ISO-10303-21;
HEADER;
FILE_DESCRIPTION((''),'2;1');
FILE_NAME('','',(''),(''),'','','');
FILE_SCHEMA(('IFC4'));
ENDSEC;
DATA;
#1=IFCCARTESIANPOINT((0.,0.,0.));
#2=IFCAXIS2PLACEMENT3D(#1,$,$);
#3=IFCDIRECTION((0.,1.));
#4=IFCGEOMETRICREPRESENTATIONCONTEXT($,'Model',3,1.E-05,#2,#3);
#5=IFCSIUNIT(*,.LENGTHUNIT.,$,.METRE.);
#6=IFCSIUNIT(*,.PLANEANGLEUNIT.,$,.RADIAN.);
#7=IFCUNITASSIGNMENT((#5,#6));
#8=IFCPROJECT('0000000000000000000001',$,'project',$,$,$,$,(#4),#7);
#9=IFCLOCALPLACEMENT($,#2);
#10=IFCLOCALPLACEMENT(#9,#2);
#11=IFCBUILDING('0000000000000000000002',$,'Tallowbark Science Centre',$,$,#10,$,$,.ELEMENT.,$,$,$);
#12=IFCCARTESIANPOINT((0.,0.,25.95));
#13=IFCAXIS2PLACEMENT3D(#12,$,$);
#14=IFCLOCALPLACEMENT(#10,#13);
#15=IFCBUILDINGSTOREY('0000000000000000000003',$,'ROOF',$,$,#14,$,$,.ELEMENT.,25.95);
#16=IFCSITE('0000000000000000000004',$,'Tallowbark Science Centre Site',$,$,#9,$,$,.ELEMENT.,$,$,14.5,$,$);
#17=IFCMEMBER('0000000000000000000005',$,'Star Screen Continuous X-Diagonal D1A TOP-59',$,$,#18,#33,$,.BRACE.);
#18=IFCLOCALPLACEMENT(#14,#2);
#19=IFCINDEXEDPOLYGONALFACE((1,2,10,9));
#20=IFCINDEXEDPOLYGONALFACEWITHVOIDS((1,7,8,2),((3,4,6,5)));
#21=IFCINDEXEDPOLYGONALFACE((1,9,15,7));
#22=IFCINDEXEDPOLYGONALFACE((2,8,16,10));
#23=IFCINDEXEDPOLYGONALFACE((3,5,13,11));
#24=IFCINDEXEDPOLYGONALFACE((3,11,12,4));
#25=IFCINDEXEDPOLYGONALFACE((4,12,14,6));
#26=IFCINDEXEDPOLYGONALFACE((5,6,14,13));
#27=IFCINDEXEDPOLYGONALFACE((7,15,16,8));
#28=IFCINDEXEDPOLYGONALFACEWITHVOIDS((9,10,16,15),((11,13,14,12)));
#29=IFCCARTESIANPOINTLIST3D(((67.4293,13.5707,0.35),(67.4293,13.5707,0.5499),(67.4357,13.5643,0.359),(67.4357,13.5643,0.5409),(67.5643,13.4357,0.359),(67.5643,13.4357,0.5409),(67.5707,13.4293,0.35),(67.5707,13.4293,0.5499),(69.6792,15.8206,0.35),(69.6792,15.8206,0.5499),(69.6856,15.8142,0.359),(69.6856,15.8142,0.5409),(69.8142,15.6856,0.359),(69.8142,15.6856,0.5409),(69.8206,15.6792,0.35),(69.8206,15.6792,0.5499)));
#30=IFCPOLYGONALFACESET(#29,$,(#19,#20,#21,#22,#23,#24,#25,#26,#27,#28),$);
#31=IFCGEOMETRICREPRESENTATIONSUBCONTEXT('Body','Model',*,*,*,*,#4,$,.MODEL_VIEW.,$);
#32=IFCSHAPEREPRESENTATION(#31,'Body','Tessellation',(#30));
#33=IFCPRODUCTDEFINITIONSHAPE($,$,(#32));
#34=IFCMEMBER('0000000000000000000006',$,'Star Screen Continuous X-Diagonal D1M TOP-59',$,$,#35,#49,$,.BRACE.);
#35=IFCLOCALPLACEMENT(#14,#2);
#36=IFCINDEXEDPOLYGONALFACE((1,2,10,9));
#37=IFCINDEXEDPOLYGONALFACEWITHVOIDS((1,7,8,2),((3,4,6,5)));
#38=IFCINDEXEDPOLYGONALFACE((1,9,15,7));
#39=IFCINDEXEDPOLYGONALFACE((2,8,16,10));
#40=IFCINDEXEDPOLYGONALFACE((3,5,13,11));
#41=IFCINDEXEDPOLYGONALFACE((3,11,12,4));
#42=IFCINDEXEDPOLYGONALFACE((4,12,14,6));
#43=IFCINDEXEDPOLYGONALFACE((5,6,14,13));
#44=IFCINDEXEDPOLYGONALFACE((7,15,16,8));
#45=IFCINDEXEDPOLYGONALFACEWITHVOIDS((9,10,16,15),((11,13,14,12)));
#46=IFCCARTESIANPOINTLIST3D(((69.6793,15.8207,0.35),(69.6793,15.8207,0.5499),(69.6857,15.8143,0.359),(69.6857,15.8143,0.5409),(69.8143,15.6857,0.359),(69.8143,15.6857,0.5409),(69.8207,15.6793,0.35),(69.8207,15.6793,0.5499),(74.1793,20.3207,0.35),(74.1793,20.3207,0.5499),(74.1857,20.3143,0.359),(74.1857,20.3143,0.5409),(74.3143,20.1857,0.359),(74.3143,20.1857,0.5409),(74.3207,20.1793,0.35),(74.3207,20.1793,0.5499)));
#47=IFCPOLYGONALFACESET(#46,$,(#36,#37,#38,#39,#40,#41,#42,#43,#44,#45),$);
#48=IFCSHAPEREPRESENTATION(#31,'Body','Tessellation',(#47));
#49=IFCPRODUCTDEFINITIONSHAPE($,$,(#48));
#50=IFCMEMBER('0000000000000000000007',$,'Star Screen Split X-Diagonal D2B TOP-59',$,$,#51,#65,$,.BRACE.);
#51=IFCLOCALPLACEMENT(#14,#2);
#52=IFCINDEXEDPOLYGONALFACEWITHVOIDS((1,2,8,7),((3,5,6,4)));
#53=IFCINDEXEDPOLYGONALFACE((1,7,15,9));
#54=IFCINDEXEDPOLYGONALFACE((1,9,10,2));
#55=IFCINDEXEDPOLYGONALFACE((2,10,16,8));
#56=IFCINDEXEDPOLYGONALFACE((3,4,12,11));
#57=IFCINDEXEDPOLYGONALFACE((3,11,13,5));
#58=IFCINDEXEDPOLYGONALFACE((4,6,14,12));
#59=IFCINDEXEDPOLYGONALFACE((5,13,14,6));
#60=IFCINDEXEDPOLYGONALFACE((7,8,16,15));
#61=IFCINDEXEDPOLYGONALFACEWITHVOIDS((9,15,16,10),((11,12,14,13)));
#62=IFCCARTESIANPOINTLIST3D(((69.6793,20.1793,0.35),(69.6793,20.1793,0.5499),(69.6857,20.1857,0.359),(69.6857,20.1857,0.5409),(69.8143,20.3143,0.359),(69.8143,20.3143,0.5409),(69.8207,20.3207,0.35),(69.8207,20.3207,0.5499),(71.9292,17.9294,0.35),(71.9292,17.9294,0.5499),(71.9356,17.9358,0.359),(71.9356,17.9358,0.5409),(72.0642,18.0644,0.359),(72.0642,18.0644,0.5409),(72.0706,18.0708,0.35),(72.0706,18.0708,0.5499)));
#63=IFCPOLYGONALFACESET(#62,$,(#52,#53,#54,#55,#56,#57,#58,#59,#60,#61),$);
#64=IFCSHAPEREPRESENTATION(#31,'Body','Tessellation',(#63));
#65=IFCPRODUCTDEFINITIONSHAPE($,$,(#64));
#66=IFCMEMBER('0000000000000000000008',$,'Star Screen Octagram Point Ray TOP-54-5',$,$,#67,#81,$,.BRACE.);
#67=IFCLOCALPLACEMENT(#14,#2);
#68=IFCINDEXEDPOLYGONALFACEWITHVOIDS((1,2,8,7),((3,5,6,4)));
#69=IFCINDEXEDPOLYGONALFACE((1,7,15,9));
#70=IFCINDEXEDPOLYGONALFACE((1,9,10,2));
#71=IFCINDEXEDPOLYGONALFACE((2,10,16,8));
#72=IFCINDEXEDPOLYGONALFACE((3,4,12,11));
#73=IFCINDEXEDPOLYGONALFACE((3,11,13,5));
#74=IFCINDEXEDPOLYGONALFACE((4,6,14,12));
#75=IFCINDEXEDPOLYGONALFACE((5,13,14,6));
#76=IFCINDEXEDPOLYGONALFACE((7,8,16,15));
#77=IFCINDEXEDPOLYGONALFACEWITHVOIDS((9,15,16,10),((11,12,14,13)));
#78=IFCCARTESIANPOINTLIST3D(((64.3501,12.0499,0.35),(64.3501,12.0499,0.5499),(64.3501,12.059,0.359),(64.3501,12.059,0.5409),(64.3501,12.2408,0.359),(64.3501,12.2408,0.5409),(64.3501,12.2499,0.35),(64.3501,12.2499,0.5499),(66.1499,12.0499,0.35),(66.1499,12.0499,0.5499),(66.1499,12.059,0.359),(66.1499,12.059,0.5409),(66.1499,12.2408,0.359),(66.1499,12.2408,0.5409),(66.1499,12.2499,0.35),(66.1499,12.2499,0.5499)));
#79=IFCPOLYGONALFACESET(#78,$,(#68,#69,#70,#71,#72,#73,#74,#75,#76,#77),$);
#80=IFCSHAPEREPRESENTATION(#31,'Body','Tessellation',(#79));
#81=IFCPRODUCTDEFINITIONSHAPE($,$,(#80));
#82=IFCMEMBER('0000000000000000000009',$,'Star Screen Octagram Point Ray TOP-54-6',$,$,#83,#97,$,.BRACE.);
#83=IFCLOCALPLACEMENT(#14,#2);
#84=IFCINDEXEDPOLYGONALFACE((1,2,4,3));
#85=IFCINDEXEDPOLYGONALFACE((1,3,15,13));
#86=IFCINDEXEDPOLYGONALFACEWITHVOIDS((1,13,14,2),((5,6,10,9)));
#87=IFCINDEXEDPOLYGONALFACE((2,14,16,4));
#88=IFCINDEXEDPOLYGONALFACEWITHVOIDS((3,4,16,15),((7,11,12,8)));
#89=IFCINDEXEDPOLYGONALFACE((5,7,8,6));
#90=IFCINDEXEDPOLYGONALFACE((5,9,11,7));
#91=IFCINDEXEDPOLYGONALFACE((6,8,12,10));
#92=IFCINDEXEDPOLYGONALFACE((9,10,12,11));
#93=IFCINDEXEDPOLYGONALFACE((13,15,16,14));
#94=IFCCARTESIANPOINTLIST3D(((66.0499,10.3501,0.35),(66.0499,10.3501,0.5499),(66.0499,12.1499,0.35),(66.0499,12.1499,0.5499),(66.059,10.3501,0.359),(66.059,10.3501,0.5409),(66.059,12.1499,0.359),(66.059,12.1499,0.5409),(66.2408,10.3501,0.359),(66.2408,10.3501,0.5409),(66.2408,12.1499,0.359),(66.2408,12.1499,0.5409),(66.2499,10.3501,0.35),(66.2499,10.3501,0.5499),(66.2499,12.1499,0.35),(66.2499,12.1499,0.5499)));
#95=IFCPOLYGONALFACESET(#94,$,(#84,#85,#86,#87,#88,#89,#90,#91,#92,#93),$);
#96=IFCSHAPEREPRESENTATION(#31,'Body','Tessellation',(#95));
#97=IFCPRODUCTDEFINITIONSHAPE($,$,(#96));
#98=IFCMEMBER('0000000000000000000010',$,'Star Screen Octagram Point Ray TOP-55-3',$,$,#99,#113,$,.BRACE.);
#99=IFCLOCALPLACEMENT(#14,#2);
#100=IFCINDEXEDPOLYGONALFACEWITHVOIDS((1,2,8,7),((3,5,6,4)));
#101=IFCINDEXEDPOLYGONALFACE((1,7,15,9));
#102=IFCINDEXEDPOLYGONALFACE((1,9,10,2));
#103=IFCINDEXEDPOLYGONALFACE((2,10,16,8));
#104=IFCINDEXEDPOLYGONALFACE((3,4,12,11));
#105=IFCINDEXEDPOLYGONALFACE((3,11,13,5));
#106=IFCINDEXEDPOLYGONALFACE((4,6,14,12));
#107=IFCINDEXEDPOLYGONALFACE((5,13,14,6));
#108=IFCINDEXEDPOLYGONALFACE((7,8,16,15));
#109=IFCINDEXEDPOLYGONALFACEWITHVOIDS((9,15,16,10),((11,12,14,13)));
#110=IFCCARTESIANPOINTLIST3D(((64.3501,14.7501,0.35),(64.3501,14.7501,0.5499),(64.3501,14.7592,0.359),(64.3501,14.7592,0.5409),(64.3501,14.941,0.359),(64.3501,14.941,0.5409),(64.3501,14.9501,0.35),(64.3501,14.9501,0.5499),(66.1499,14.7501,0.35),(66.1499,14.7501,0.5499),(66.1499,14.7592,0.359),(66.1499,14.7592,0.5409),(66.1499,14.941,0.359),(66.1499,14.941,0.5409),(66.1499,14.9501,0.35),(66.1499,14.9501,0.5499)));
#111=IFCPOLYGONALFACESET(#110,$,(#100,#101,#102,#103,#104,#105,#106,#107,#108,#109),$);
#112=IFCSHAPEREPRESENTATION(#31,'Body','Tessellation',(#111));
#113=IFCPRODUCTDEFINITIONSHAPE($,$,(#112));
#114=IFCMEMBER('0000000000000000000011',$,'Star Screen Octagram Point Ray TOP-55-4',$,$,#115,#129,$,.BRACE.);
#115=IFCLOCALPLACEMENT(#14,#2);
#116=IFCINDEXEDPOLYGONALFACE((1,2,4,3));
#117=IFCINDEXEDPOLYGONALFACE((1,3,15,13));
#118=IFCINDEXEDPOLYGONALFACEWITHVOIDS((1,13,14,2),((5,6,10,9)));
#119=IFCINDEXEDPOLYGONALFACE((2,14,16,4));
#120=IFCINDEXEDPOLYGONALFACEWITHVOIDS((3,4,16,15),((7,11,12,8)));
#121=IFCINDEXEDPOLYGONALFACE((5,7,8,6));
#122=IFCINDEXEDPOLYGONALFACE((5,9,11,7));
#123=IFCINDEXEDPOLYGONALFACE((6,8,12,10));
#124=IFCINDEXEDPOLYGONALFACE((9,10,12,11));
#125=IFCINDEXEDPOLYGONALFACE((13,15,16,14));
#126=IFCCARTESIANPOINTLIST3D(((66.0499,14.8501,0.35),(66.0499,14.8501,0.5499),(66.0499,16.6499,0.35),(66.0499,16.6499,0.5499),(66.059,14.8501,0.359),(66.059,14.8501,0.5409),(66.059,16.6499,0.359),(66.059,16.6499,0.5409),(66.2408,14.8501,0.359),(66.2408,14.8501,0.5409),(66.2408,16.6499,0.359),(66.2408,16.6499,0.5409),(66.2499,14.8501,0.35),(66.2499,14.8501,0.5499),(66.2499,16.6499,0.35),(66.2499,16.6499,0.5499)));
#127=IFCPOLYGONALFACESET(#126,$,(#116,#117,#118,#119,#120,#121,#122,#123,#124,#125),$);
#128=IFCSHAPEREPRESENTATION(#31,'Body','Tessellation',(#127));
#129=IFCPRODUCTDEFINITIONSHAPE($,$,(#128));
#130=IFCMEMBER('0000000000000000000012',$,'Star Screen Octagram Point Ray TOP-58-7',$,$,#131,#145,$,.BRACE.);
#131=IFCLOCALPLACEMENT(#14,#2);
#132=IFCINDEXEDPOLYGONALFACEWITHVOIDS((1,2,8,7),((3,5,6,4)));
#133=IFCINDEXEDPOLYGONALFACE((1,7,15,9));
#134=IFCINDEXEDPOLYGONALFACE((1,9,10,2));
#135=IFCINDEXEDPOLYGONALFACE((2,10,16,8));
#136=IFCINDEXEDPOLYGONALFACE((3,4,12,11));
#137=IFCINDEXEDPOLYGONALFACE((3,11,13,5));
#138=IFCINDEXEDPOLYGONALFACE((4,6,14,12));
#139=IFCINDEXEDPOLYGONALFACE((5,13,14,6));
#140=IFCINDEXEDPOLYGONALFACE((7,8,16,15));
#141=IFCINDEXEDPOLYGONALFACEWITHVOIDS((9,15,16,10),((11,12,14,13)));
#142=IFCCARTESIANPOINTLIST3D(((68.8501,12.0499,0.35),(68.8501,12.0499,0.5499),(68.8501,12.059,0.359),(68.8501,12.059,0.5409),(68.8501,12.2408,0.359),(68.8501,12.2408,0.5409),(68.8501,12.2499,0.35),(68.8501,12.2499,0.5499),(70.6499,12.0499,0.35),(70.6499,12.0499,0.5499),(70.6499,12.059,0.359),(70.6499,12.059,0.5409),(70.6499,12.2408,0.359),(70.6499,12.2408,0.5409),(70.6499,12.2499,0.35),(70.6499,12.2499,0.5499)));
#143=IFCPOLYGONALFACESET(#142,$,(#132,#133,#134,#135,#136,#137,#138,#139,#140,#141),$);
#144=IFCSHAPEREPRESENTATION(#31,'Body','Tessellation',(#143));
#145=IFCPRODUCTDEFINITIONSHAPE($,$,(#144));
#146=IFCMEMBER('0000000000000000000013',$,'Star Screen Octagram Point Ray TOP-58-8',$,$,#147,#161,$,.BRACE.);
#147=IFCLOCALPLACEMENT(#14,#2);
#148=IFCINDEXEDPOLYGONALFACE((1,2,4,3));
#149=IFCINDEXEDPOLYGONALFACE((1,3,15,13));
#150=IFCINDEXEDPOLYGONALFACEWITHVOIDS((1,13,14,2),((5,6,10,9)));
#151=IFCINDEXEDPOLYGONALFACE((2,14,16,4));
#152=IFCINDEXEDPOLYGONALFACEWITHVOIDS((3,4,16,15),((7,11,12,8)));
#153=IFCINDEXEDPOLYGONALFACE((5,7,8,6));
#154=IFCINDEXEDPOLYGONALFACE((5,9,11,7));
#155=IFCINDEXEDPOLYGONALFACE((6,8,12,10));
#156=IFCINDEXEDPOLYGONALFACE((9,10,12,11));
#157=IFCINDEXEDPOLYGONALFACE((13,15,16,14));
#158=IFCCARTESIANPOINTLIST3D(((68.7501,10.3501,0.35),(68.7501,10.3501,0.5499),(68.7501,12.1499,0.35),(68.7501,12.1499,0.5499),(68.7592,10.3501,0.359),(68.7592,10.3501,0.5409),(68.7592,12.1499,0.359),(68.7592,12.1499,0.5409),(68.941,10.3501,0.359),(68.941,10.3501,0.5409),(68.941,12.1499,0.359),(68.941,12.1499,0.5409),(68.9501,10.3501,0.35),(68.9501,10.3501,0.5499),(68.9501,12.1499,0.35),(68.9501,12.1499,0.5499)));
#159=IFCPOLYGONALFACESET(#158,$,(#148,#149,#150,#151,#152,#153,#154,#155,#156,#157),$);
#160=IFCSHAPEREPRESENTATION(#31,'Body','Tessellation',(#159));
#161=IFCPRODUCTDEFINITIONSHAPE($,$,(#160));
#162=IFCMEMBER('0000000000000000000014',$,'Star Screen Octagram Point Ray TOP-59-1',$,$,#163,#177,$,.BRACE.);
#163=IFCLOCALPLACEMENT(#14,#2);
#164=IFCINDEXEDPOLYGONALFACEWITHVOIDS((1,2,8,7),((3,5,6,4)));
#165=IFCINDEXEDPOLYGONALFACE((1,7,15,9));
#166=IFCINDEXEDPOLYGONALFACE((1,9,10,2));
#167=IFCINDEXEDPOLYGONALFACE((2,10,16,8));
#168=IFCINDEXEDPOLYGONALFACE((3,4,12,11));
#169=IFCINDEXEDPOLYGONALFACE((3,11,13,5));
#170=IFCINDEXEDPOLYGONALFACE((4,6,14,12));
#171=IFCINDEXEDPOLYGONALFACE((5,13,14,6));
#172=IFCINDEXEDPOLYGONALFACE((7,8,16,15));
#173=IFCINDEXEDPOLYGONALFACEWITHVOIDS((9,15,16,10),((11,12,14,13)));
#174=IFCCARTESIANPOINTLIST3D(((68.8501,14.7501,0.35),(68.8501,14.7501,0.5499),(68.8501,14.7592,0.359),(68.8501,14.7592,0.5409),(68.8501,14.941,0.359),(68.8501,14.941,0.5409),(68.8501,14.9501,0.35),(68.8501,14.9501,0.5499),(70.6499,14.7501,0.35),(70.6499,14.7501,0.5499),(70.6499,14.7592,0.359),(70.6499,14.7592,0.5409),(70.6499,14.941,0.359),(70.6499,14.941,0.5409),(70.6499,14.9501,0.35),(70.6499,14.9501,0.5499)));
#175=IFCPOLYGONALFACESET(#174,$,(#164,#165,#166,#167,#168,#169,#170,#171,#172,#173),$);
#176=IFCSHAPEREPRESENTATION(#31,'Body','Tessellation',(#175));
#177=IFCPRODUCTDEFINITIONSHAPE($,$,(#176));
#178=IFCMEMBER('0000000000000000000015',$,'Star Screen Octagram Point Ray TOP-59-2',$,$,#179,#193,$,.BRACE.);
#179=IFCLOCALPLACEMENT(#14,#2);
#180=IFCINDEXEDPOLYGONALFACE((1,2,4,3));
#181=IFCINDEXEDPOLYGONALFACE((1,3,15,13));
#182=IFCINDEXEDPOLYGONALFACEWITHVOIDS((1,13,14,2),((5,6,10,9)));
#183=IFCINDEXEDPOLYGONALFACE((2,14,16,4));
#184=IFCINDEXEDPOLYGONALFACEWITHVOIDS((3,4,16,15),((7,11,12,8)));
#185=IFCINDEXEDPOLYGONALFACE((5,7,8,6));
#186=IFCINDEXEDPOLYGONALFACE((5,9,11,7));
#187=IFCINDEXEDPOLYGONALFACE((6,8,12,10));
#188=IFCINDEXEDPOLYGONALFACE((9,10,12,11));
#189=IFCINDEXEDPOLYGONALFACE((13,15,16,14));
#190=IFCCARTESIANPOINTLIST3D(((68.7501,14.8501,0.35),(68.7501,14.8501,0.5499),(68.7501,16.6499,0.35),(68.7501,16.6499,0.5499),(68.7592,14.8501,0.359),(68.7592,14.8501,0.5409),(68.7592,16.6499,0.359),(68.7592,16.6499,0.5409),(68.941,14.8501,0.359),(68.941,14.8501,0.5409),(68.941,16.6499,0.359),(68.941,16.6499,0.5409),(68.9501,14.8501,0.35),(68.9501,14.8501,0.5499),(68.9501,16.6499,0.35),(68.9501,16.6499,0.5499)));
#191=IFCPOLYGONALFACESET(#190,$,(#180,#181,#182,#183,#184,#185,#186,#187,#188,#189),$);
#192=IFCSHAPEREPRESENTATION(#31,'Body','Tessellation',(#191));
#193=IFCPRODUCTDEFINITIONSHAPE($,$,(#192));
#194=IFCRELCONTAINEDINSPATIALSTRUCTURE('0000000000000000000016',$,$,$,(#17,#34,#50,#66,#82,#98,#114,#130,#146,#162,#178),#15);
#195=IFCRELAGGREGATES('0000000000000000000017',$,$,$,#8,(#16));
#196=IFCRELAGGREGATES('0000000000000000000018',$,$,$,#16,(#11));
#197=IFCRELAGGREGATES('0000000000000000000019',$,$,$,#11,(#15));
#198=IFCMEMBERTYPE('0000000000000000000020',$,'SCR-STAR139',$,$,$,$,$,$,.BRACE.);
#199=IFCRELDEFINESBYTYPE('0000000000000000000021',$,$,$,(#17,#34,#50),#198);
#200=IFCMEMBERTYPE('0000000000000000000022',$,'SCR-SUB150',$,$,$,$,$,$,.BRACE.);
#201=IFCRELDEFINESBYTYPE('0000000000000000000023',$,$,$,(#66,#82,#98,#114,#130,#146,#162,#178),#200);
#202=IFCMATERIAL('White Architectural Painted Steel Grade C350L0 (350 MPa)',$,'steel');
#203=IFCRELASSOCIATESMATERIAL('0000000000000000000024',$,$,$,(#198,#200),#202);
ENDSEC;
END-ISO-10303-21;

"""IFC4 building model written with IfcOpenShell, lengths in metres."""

from ifc_helpers import new_model, si_unit, direction, frame, origin, origin_2d, place, context, subcontext, project, spatial, hollow_rectangle, extrude, material, material_profile, profile_set, type_object, element, save


model = new_model("IFC4")

# Units and contexts
model_context = context("Model", 3, precision=1e-05, world=origin(), true_north=direction((0.0, 1.0)))
body_context = subcontext(model_context, "Body", "Model", "MODEL_VIEW")
ifc_project = project(units=[si_unit("LENGTHUNIT", "METRE"), si_unit("PLANEANGLEUNIT", "RADIAN")], contexts=[model_context])

# Site, building, storey
site_placement = place(None, origin())
site = spatial("IfcSite", under=ifc_project, at=site_placement, Name="Tallowbark Science Centre Site", CompositionType="ELEMENT", RefElevation=14.5)
building_placement = place(site_placement, origin())
building = spatial("IfcBuilding", under=site, at=building_placement, Name="Tallowbark Science Centre", CompositionType="ELEMENT")
storey_placement = place(building_placement, frame((0.0, 0.0, 25.95)))
storey = spatial("IfcBuildingStorey", under=building, at=storey_placement, Name="ROOF", CompositionType="ELEMENT", Elevation=25.95)

# Members
ifc_material_1 = material(Name="White Architectural Painted Steel Grade C350L0 (350 MPa)", Category="steel")
ifc_material_profile_1 = material_profile(ifc_material_1, hollow_rectangle(XDim=0.2, YDim=0.2, WallThickness=0.009, at=origin_2d()), Name="200x200x9.0SHS")
ifc_profile_set_1 = profile_set([ifc_material_profile_1], Name="White Architectural Painted Steel Grade C350L0 (350 MPa)")
member_type_1 = type_object("IfcMemberType", Name="SCR-STAR139", PredefinedType="BRACE", material=ifc_profile_set_1)
for number, where, z_axis, x_axis, name in (
    (1, (67.5, 13.5, 0.45), (0.707107, 0.707107, 0.0), (-0.707107, 0.707107, 0.0), "Star Screen Continuous X-Diagonal D1A TOP-59"),
):
    element("IfcMember", number, at=place(storey_placement, frame(where, z_axis=z_axis, x_axis=x_axis)), inside=storey, type_object=member_type_1, Name=name, PredefinedType="BRACE", context=body_context, shape_type="SweptSolid", body=[
        extrude(hollow_rectangle(XDim=0.2, YDim=0.2, WallThickness=0.009, at=origin_2d()), origin(), (0.0, 0.0, 1.0), 3.1819),
    ])
member_1_placement = place(storey_placement, frame((69.75, 15.75, 0.45), z_axis=(0.707107, 0.707107, 0.0), x_axis=(-0.707107, 0.707107, 0.0)))
element("IfcMember", 2, at=member_1_placement, inside=storey, type_object=member_type_1, Name="Star Screen Continuous X-Diagonal D1M TOP-59", PredefinedType="BRACE", context=body_context, shape_type="SweptSolid", body=[
    extrude(hollow_rectangle(XDim=0.2, YDim=0.2, WallThickness=0.009, at=origin_2d()), origin(), (0.0, 0.0, 1.0), 6.364),
])
member_2_placement = place(storey_placement, frame((69.75, 20.25, 0.45), z_axis=(0.707107, -0.707107, 0.0), x_axis=(0.707107, 0.707107, 0.0)))
element("IfcMember", 3, at=member_2_placement, inside=storey, type_object=member_type_1, Name="Star Screen Split X-Diagonal D2B TOP-59", PredefinedType="BRACE", context=body_context, shape_type="SweptSolid", body=[
    extrude(hollow_rectangle(XDim=0.2, YDim=0.2, WallThickness=0.009, at=origin_2d()), origin(), (0.0, 0.0, 1.0), 3.1819),
])
ifc_material_profile_2 = material_profile(ifc_material_1, hollow_rectangle(XDim=0.2, YDim=0.2, WallThickness=0.009, at=origin_2d()), Name="200x200x9.0SHS")
ifc_profile_set_2 = profile_set([ifc_material_profile_2], Name="White Architectural Painted Steel Grade C350L0 (350 MPa)")
member_type_2 = type_object("IfcMemberType", Name="SCR-SUB150", PredefinedType="BRACE", material=ifc_profile_set_2)
for number, where, z_axis, x_axis, name in (
    (4, (66.1499, 12.1499, 0.45), (-1.0, 0.0, 0.0), (0.0, -1.0, 0.0), "Star Screen Octagram Point Ray TOP-54-5"),
    (5, (66.1499, 12.1499, 0.45), (0.0, -1.0, 0.0), (1.0, 0.0, 0.0), "Star Screen Octagram Point Ray TOP-54-6"),
    (6, (66.1499, 14.8501, 0.45), (-1.0, 0.0, 0.0), (0.0, -1.0, 0.0), "Star Screen Octagram Point Ray TOP-55-3"),
    (7, (66.1499, 14.8501, 0.45), (0.0, 1.0, 0.0), (-1.0, 0.0, 0.0), "Star Screen Octagram Point Ray TOP-55-4"),
    (8, (68.8501, 12.1499, 0.45), (1.0, 0.0, 0.0), (0.0, 1.0, 0.0), "Star Screen Octagram Point Ray TOP-58-7"),
    (9, (68.8501, 12.1499, 0.45), (0.0, -1.0, 0.0), (1.0, 0.0, 0.0), "Star Screen Octagram Point Ray TOP-58-8"),
    (10, (68.8501, 14.8501, 0.45), (1.0, 0.0, 0.0), (0.0, 1.0, 0.0), "Star Screen Octagram Point Ray TOP-59-1"),
    (11, (68.8501, 14.8501, 0.45), (0.0, 1.0, 0.0), (-1.0, 0.0, 0.0), "Star Screen Octagram Point Ray TOP-59-2"),
):
    element("IfcMember", number, at=place(storey_placement, frame(where, z_axis=z_axis, x_axis=x_axis)), inside=storey, type_object=member_type_2, Name=name, PredefinedType="BRACE", context=body_context, shape_type="SweptSolid", body=[
        extrude(hollow_rectangle(XDim=0.2, YDim=0.2, WallThickness=0.009, at=origin_2d()), origin(), (0.0, 0.0, 1.0), 1.7998),
    ])

save(model, "model.ifc")
